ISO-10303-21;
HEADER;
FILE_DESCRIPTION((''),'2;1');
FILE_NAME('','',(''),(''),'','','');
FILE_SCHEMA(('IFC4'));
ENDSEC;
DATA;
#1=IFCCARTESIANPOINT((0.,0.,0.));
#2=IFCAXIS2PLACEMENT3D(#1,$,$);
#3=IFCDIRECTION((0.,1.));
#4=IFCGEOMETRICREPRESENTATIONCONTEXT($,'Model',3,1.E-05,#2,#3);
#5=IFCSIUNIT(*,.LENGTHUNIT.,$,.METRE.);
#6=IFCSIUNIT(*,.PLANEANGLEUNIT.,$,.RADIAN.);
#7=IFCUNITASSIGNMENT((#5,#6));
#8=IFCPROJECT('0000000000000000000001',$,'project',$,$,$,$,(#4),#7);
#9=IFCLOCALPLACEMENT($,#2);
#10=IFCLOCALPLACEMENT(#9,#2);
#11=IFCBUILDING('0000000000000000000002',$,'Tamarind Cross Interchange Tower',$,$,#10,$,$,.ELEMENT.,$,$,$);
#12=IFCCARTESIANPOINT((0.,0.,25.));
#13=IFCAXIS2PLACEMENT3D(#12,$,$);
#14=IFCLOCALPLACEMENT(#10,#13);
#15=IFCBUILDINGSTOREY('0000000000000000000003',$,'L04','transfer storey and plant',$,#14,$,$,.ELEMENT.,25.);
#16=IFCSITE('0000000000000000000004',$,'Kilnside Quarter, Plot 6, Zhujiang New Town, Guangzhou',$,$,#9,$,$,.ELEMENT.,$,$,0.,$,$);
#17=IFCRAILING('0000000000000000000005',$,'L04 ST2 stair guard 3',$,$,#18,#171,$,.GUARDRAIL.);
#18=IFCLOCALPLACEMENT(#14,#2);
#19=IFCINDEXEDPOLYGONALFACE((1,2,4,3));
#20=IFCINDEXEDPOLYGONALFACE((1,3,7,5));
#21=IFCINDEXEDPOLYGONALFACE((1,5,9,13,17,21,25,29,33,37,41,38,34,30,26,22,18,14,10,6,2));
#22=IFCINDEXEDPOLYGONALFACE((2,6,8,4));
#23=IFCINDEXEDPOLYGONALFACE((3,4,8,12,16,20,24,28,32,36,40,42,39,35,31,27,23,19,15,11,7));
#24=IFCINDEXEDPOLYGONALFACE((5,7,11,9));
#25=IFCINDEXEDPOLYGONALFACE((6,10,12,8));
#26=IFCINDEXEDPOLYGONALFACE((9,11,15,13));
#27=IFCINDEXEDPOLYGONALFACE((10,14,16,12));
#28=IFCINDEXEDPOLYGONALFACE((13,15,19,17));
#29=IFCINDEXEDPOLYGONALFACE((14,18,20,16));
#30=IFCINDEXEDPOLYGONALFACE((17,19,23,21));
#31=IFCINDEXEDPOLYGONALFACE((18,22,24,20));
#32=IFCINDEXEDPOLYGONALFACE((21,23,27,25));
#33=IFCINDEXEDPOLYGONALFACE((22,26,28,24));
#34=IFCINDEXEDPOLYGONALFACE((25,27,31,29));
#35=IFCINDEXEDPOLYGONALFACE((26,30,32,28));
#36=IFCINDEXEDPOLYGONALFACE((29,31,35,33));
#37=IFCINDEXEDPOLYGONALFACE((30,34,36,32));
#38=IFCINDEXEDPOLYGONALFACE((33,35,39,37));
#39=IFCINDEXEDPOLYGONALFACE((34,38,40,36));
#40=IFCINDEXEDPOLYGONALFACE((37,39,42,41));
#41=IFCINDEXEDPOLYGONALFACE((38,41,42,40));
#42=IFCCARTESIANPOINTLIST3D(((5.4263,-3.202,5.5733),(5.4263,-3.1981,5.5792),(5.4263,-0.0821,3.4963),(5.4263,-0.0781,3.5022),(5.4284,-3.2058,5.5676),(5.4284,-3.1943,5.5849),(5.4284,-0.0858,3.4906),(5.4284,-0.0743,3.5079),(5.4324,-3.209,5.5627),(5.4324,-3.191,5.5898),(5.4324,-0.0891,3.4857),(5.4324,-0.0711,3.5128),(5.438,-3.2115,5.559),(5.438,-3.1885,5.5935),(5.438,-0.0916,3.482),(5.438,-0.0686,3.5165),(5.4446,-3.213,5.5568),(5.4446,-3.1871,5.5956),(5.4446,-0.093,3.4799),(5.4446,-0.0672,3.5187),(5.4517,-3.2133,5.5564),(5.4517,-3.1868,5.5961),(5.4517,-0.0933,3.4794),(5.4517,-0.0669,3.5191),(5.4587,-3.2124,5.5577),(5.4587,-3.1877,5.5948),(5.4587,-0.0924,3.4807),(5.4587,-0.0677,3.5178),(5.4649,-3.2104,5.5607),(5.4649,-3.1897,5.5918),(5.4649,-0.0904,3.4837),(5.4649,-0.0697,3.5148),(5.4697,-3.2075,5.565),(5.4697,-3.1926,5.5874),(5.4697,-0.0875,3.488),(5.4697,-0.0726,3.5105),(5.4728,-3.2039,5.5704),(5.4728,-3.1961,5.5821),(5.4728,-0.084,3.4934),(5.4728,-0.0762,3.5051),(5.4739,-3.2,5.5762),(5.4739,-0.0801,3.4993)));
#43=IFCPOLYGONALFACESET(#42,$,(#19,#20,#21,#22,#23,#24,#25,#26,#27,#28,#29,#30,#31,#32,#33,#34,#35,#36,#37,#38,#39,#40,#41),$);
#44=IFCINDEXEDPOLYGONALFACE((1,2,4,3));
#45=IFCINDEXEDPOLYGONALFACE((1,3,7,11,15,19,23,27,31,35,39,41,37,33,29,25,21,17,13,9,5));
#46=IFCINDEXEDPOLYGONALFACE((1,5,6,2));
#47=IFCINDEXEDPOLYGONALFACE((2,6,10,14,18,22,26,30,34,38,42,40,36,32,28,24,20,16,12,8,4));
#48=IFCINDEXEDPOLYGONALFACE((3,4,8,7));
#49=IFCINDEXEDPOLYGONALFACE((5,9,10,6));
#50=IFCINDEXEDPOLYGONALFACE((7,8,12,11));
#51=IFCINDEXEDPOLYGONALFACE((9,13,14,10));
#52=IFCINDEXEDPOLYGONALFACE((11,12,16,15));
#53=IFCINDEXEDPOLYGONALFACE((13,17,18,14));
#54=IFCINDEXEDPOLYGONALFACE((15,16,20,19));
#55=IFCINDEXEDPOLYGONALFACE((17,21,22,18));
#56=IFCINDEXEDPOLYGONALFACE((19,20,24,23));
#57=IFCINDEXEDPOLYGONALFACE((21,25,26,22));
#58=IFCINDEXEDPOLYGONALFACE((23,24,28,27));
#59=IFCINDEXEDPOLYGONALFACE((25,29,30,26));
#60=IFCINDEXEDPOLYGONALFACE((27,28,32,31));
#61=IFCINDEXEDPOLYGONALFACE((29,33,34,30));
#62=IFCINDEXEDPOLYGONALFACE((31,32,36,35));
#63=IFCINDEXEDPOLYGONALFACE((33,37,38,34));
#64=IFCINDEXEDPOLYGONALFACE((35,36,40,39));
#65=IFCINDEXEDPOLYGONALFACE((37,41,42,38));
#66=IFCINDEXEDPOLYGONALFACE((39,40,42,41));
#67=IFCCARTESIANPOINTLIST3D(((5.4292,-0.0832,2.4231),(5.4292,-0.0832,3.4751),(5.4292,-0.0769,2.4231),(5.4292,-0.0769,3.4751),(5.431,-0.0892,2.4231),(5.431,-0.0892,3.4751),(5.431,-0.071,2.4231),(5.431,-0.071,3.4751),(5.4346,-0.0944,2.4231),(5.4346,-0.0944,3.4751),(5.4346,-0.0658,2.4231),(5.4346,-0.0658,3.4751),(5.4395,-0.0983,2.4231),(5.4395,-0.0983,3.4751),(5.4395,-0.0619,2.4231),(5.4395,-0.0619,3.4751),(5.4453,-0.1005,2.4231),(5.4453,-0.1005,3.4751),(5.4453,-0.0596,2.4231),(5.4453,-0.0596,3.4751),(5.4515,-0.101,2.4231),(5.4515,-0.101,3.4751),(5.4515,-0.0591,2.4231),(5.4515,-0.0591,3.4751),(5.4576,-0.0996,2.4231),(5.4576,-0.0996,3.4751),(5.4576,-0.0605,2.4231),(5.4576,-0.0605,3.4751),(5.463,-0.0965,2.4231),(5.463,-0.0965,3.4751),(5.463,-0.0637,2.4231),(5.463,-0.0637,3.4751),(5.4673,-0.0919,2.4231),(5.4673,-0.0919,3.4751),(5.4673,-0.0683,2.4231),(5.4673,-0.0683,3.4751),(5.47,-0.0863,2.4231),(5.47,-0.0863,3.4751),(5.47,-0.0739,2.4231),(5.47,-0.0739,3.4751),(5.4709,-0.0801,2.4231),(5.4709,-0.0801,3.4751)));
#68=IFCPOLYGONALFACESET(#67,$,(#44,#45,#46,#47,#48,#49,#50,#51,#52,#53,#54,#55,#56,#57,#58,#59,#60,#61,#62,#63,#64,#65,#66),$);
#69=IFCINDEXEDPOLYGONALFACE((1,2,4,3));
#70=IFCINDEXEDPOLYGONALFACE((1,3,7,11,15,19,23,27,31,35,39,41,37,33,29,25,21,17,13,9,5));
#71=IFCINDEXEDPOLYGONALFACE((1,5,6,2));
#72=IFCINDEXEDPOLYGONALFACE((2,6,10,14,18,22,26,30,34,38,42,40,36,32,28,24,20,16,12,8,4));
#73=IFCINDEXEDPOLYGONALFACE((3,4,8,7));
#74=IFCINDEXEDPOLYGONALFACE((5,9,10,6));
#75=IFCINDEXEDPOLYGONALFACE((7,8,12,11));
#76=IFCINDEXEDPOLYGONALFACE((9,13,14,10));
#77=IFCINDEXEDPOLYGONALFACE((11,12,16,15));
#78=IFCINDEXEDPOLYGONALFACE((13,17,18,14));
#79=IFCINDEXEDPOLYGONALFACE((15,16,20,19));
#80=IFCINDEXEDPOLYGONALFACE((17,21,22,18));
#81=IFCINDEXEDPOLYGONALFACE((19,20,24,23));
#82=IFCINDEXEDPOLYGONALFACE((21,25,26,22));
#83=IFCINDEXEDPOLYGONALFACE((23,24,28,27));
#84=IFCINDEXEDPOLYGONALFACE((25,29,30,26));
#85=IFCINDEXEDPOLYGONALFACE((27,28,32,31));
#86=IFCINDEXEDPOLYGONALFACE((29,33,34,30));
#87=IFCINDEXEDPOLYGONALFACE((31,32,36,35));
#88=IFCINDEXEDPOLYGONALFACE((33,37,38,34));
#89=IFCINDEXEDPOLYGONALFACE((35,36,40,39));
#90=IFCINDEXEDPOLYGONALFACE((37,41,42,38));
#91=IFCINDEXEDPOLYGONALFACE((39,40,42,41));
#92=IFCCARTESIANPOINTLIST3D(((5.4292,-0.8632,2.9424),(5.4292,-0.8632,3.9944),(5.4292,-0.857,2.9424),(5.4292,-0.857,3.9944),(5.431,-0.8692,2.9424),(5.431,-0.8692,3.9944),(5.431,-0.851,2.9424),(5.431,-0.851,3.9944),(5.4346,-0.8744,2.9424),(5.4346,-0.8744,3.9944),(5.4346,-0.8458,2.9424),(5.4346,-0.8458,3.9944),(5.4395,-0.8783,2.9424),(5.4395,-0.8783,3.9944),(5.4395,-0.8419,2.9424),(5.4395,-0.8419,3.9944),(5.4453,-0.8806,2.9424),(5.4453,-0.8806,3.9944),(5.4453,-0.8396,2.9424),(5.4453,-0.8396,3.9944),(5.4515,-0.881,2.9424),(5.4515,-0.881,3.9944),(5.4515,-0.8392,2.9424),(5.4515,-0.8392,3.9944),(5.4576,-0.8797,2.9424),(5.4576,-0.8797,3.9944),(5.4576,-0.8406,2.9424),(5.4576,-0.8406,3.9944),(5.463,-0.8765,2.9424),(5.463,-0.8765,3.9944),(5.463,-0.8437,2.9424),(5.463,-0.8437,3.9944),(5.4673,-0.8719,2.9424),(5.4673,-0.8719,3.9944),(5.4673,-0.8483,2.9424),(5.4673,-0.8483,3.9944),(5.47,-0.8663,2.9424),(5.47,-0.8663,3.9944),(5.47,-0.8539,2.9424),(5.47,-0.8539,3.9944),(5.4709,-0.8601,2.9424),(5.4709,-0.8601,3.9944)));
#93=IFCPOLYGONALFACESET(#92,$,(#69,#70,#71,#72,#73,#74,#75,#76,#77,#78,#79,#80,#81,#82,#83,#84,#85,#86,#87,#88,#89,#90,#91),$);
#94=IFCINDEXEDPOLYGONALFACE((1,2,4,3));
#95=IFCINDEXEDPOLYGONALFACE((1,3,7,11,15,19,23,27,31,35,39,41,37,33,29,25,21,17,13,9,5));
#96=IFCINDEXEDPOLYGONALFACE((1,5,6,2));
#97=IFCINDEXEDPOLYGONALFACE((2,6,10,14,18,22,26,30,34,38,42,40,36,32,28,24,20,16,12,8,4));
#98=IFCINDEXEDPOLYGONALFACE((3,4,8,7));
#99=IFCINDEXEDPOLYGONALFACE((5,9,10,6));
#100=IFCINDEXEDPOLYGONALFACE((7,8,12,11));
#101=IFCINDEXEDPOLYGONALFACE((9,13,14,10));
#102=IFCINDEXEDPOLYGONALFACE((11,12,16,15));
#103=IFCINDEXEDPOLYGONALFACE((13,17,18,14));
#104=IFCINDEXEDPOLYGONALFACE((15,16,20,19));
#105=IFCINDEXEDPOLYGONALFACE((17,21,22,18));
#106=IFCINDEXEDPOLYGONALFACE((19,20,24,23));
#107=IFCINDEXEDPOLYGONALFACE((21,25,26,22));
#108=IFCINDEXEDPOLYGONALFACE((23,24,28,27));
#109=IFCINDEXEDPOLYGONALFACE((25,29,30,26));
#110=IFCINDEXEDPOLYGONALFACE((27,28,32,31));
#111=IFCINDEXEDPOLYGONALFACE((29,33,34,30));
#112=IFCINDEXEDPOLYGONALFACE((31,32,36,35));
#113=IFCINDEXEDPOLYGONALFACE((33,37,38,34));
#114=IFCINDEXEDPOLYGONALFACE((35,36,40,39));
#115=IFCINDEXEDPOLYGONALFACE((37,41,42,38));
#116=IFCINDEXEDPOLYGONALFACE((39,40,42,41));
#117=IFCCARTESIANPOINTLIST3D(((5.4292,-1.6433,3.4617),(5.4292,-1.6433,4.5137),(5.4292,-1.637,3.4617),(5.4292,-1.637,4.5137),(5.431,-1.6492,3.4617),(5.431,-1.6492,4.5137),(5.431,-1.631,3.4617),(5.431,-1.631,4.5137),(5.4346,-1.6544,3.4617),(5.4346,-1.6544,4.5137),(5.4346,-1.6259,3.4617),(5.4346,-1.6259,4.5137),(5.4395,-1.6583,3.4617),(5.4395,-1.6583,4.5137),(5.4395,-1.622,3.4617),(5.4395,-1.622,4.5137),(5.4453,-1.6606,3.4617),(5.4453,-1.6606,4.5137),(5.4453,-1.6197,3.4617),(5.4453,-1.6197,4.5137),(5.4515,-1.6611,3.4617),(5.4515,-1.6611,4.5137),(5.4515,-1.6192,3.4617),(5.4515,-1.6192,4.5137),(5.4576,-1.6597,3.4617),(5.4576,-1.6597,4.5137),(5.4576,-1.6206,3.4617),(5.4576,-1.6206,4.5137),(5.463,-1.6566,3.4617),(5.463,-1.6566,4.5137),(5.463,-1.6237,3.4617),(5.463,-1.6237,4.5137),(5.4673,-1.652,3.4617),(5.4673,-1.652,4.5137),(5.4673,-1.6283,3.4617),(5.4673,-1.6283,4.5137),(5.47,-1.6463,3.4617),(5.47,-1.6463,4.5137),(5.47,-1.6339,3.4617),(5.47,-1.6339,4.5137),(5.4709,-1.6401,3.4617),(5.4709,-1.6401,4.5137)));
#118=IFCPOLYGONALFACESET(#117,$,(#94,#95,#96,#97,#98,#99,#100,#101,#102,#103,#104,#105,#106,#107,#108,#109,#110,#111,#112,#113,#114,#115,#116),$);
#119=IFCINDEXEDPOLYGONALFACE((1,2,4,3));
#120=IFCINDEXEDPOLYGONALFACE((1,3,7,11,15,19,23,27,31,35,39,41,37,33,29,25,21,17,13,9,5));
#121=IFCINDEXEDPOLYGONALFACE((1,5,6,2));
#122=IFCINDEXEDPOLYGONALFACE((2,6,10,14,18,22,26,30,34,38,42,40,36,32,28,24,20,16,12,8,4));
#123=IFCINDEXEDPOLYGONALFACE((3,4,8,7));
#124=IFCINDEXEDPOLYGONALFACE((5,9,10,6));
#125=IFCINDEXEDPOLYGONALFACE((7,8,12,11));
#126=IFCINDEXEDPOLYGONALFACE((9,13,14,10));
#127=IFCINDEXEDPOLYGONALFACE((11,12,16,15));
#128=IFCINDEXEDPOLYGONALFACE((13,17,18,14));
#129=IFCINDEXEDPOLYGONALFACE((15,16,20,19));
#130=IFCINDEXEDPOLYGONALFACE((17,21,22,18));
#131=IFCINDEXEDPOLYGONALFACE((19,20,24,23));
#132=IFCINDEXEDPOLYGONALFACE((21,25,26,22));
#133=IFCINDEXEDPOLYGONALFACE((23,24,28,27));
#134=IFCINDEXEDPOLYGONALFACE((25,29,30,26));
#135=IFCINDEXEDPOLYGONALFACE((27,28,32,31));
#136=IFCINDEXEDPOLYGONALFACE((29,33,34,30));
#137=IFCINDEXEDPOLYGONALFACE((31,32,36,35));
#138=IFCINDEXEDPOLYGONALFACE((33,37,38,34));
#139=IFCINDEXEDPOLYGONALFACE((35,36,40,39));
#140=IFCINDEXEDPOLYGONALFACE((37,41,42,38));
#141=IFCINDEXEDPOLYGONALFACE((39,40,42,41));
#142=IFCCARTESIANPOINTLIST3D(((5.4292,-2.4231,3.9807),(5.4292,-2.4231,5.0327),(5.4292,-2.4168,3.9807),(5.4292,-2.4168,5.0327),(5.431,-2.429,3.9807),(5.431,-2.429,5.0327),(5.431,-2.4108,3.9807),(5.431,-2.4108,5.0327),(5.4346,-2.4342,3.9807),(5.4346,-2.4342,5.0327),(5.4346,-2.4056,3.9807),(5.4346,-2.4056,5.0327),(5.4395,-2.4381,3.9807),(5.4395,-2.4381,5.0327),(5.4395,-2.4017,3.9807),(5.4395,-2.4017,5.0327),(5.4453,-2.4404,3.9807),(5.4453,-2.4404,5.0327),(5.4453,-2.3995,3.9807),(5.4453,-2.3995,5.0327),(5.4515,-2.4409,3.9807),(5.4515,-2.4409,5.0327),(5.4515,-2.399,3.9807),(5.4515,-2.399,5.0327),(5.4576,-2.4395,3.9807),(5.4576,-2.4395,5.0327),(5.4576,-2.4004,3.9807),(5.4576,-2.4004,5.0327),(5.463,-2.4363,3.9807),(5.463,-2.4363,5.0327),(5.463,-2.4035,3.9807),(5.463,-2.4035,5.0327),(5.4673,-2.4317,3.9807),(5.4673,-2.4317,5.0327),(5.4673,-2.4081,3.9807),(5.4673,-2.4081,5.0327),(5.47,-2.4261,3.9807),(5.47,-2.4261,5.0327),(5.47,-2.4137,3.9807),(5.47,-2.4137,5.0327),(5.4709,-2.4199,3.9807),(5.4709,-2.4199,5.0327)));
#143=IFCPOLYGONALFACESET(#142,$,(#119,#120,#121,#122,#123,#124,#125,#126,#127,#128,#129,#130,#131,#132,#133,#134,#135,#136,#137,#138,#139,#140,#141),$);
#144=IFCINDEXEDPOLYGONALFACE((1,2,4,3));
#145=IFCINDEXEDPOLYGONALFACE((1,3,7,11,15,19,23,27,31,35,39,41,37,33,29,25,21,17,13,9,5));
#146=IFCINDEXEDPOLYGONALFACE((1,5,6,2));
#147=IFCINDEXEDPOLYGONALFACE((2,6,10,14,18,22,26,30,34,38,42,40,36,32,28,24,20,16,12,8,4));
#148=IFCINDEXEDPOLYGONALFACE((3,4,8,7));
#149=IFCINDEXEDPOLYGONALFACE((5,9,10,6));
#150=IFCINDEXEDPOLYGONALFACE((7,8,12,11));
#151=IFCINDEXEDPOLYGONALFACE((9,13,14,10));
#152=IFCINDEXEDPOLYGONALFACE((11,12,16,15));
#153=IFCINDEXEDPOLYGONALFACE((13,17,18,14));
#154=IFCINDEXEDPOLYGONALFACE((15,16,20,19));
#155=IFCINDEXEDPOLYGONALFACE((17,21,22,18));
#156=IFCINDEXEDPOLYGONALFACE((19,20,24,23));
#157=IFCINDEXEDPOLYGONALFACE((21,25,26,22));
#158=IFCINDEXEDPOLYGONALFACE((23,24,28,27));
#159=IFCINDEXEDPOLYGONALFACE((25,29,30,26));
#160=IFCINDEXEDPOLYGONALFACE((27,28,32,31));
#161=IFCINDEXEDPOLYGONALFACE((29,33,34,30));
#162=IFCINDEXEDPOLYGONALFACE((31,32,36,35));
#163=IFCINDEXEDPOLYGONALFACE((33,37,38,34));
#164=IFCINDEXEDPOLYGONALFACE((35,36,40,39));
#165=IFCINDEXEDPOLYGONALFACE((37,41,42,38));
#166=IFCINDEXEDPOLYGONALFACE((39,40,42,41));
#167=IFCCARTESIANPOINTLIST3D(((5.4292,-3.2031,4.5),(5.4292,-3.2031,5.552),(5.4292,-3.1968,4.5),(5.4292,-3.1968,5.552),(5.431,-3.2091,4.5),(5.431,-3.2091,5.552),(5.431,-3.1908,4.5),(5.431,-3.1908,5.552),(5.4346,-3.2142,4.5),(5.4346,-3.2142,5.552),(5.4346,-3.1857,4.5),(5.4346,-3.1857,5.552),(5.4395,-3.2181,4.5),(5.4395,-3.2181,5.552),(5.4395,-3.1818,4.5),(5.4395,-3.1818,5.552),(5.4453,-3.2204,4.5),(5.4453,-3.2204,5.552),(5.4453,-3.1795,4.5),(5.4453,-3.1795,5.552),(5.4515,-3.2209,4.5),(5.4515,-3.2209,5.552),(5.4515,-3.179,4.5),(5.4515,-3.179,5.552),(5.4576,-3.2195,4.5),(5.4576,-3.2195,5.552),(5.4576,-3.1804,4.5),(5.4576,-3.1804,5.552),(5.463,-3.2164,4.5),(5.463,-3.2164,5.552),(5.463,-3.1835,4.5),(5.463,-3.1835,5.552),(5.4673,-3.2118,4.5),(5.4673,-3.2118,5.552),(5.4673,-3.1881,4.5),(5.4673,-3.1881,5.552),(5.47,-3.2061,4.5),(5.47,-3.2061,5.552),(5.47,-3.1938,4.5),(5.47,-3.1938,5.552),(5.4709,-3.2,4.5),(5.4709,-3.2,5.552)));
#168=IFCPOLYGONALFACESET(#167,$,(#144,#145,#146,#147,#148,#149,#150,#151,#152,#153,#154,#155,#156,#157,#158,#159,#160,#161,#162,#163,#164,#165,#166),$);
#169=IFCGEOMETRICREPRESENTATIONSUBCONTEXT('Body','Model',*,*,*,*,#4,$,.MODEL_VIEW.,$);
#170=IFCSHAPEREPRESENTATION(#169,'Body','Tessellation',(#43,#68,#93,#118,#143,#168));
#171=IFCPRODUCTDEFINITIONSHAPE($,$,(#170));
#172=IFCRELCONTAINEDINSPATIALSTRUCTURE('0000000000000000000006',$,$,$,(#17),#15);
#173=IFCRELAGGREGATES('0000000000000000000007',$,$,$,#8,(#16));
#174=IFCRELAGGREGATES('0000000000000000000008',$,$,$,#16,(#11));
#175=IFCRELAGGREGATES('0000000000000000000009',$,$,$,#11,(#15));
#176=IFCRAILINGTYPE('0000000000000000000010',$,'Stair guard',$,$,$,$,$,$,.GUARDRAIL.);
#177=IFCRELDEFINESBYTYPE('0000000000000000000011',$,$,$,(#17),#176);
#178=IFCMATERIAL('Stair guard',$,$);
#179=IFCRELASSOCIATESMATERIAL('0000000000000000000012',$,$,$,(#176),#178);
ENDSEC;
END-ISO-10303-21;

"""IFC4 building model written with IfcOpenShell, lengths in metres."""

from ifc_helpers import new_model, si_unit, direction, frame, origin, origin_2d, place, context, subcontext, project, spatial, circle, extrude, material, type_object, element, save


model = new_model("IFC4")

# Units and contexts
model_context = context("Model", 3, precision=1e-05, world=origin(), true_north=direction((0.0, 1.0)))
body_context = subcontext(model_context, "Body", "Model", "MODEL_VIEW")
ifc_project = project(units=[si_unit("LENGTHUNIT", "METRE"), si_unit("PLANEANGLEUNIT", "RADIAN")], contexts=[model_context])

# Site, building, storey
site_placement = place(None, origin())
site = spatial("IfcSite", under=ifc_project, at=site_placement, Name="Kilnside Quarter, Plot 6, Zhujiang New Town, Guangzhou", CompositionType="ELEMENT", RefElevation=0.0)
building_placement = place(site_placement, origin())
building = spatial("IfcBuilding", under=site, at=building_placement, Name="Tamarind Cross Interchange Tower", CompositionType="ELEMENT")
storey_placement = place(building_placement, frame((0.0, 0.0, 25.0)))
storey = spatial("IfcBuildingStorey", under=building, at=storey_placement, Name="L04", Description="transfer storey and plant", CompositionType="ELEMENT", Elevation=25.0)

# Railing
ifc_material_1 = material(Name="Stair guard")
railing_type_1 = type_object("IfcRailingType", Name="Stair guard", PredefinedType="GUARDRAIL", material=ifc_material_1)
railing_1_placement = place(storey_placement, frame((5.45, -0.0801, 2.4231)))
element("IfcRailing", 1, at=railing_1_placement, inside=storey, type_object=railing_type_1, Name="L04 ST2 stair guard 3", PredefinedType="GUARDRAIL", context=body_context, shape_type="SweptSolid", body=[
    extrude(circle(Radius=0.0239, at=origin_2d()), frame((0.0, 0.0, 1.0762), z_axis=(0.0, -0.832421, 0.554144), x_axis=(1.0, 0.0, 0.0)), (0.0, 0.0, 1.0), 3.748),
    extrude(circle(Radius=0.021, at=origin_2d()), origin(), (0.0, 0.0, 1.0), 1.052),
    extrude(circle(Radius=0.021, at=origin_2d()), frame((0.0, -0.78, 0.5193)), (0.0, 0.0, 1.0), 1.052),
    extrude(circle(Radius=0.021, at=origin_2d()), frame((0.0, -1.5601, 1.0386)), (0.0, 0.0, 1.0), 1.052),
    extrude(circle(Radius=0.021, at=origin_2d()), frame((0.0, -2.3398, 1.5576)), (0.0, 0.0, 1.0), 1.052),
    extrude(circle(Radius=0.021, at=origin_2d()), frame((0.0, -3.1199, 2.0769)), (0.0, 0.0, 1.0), 1.052),
])

save(model, "model.ifc")
